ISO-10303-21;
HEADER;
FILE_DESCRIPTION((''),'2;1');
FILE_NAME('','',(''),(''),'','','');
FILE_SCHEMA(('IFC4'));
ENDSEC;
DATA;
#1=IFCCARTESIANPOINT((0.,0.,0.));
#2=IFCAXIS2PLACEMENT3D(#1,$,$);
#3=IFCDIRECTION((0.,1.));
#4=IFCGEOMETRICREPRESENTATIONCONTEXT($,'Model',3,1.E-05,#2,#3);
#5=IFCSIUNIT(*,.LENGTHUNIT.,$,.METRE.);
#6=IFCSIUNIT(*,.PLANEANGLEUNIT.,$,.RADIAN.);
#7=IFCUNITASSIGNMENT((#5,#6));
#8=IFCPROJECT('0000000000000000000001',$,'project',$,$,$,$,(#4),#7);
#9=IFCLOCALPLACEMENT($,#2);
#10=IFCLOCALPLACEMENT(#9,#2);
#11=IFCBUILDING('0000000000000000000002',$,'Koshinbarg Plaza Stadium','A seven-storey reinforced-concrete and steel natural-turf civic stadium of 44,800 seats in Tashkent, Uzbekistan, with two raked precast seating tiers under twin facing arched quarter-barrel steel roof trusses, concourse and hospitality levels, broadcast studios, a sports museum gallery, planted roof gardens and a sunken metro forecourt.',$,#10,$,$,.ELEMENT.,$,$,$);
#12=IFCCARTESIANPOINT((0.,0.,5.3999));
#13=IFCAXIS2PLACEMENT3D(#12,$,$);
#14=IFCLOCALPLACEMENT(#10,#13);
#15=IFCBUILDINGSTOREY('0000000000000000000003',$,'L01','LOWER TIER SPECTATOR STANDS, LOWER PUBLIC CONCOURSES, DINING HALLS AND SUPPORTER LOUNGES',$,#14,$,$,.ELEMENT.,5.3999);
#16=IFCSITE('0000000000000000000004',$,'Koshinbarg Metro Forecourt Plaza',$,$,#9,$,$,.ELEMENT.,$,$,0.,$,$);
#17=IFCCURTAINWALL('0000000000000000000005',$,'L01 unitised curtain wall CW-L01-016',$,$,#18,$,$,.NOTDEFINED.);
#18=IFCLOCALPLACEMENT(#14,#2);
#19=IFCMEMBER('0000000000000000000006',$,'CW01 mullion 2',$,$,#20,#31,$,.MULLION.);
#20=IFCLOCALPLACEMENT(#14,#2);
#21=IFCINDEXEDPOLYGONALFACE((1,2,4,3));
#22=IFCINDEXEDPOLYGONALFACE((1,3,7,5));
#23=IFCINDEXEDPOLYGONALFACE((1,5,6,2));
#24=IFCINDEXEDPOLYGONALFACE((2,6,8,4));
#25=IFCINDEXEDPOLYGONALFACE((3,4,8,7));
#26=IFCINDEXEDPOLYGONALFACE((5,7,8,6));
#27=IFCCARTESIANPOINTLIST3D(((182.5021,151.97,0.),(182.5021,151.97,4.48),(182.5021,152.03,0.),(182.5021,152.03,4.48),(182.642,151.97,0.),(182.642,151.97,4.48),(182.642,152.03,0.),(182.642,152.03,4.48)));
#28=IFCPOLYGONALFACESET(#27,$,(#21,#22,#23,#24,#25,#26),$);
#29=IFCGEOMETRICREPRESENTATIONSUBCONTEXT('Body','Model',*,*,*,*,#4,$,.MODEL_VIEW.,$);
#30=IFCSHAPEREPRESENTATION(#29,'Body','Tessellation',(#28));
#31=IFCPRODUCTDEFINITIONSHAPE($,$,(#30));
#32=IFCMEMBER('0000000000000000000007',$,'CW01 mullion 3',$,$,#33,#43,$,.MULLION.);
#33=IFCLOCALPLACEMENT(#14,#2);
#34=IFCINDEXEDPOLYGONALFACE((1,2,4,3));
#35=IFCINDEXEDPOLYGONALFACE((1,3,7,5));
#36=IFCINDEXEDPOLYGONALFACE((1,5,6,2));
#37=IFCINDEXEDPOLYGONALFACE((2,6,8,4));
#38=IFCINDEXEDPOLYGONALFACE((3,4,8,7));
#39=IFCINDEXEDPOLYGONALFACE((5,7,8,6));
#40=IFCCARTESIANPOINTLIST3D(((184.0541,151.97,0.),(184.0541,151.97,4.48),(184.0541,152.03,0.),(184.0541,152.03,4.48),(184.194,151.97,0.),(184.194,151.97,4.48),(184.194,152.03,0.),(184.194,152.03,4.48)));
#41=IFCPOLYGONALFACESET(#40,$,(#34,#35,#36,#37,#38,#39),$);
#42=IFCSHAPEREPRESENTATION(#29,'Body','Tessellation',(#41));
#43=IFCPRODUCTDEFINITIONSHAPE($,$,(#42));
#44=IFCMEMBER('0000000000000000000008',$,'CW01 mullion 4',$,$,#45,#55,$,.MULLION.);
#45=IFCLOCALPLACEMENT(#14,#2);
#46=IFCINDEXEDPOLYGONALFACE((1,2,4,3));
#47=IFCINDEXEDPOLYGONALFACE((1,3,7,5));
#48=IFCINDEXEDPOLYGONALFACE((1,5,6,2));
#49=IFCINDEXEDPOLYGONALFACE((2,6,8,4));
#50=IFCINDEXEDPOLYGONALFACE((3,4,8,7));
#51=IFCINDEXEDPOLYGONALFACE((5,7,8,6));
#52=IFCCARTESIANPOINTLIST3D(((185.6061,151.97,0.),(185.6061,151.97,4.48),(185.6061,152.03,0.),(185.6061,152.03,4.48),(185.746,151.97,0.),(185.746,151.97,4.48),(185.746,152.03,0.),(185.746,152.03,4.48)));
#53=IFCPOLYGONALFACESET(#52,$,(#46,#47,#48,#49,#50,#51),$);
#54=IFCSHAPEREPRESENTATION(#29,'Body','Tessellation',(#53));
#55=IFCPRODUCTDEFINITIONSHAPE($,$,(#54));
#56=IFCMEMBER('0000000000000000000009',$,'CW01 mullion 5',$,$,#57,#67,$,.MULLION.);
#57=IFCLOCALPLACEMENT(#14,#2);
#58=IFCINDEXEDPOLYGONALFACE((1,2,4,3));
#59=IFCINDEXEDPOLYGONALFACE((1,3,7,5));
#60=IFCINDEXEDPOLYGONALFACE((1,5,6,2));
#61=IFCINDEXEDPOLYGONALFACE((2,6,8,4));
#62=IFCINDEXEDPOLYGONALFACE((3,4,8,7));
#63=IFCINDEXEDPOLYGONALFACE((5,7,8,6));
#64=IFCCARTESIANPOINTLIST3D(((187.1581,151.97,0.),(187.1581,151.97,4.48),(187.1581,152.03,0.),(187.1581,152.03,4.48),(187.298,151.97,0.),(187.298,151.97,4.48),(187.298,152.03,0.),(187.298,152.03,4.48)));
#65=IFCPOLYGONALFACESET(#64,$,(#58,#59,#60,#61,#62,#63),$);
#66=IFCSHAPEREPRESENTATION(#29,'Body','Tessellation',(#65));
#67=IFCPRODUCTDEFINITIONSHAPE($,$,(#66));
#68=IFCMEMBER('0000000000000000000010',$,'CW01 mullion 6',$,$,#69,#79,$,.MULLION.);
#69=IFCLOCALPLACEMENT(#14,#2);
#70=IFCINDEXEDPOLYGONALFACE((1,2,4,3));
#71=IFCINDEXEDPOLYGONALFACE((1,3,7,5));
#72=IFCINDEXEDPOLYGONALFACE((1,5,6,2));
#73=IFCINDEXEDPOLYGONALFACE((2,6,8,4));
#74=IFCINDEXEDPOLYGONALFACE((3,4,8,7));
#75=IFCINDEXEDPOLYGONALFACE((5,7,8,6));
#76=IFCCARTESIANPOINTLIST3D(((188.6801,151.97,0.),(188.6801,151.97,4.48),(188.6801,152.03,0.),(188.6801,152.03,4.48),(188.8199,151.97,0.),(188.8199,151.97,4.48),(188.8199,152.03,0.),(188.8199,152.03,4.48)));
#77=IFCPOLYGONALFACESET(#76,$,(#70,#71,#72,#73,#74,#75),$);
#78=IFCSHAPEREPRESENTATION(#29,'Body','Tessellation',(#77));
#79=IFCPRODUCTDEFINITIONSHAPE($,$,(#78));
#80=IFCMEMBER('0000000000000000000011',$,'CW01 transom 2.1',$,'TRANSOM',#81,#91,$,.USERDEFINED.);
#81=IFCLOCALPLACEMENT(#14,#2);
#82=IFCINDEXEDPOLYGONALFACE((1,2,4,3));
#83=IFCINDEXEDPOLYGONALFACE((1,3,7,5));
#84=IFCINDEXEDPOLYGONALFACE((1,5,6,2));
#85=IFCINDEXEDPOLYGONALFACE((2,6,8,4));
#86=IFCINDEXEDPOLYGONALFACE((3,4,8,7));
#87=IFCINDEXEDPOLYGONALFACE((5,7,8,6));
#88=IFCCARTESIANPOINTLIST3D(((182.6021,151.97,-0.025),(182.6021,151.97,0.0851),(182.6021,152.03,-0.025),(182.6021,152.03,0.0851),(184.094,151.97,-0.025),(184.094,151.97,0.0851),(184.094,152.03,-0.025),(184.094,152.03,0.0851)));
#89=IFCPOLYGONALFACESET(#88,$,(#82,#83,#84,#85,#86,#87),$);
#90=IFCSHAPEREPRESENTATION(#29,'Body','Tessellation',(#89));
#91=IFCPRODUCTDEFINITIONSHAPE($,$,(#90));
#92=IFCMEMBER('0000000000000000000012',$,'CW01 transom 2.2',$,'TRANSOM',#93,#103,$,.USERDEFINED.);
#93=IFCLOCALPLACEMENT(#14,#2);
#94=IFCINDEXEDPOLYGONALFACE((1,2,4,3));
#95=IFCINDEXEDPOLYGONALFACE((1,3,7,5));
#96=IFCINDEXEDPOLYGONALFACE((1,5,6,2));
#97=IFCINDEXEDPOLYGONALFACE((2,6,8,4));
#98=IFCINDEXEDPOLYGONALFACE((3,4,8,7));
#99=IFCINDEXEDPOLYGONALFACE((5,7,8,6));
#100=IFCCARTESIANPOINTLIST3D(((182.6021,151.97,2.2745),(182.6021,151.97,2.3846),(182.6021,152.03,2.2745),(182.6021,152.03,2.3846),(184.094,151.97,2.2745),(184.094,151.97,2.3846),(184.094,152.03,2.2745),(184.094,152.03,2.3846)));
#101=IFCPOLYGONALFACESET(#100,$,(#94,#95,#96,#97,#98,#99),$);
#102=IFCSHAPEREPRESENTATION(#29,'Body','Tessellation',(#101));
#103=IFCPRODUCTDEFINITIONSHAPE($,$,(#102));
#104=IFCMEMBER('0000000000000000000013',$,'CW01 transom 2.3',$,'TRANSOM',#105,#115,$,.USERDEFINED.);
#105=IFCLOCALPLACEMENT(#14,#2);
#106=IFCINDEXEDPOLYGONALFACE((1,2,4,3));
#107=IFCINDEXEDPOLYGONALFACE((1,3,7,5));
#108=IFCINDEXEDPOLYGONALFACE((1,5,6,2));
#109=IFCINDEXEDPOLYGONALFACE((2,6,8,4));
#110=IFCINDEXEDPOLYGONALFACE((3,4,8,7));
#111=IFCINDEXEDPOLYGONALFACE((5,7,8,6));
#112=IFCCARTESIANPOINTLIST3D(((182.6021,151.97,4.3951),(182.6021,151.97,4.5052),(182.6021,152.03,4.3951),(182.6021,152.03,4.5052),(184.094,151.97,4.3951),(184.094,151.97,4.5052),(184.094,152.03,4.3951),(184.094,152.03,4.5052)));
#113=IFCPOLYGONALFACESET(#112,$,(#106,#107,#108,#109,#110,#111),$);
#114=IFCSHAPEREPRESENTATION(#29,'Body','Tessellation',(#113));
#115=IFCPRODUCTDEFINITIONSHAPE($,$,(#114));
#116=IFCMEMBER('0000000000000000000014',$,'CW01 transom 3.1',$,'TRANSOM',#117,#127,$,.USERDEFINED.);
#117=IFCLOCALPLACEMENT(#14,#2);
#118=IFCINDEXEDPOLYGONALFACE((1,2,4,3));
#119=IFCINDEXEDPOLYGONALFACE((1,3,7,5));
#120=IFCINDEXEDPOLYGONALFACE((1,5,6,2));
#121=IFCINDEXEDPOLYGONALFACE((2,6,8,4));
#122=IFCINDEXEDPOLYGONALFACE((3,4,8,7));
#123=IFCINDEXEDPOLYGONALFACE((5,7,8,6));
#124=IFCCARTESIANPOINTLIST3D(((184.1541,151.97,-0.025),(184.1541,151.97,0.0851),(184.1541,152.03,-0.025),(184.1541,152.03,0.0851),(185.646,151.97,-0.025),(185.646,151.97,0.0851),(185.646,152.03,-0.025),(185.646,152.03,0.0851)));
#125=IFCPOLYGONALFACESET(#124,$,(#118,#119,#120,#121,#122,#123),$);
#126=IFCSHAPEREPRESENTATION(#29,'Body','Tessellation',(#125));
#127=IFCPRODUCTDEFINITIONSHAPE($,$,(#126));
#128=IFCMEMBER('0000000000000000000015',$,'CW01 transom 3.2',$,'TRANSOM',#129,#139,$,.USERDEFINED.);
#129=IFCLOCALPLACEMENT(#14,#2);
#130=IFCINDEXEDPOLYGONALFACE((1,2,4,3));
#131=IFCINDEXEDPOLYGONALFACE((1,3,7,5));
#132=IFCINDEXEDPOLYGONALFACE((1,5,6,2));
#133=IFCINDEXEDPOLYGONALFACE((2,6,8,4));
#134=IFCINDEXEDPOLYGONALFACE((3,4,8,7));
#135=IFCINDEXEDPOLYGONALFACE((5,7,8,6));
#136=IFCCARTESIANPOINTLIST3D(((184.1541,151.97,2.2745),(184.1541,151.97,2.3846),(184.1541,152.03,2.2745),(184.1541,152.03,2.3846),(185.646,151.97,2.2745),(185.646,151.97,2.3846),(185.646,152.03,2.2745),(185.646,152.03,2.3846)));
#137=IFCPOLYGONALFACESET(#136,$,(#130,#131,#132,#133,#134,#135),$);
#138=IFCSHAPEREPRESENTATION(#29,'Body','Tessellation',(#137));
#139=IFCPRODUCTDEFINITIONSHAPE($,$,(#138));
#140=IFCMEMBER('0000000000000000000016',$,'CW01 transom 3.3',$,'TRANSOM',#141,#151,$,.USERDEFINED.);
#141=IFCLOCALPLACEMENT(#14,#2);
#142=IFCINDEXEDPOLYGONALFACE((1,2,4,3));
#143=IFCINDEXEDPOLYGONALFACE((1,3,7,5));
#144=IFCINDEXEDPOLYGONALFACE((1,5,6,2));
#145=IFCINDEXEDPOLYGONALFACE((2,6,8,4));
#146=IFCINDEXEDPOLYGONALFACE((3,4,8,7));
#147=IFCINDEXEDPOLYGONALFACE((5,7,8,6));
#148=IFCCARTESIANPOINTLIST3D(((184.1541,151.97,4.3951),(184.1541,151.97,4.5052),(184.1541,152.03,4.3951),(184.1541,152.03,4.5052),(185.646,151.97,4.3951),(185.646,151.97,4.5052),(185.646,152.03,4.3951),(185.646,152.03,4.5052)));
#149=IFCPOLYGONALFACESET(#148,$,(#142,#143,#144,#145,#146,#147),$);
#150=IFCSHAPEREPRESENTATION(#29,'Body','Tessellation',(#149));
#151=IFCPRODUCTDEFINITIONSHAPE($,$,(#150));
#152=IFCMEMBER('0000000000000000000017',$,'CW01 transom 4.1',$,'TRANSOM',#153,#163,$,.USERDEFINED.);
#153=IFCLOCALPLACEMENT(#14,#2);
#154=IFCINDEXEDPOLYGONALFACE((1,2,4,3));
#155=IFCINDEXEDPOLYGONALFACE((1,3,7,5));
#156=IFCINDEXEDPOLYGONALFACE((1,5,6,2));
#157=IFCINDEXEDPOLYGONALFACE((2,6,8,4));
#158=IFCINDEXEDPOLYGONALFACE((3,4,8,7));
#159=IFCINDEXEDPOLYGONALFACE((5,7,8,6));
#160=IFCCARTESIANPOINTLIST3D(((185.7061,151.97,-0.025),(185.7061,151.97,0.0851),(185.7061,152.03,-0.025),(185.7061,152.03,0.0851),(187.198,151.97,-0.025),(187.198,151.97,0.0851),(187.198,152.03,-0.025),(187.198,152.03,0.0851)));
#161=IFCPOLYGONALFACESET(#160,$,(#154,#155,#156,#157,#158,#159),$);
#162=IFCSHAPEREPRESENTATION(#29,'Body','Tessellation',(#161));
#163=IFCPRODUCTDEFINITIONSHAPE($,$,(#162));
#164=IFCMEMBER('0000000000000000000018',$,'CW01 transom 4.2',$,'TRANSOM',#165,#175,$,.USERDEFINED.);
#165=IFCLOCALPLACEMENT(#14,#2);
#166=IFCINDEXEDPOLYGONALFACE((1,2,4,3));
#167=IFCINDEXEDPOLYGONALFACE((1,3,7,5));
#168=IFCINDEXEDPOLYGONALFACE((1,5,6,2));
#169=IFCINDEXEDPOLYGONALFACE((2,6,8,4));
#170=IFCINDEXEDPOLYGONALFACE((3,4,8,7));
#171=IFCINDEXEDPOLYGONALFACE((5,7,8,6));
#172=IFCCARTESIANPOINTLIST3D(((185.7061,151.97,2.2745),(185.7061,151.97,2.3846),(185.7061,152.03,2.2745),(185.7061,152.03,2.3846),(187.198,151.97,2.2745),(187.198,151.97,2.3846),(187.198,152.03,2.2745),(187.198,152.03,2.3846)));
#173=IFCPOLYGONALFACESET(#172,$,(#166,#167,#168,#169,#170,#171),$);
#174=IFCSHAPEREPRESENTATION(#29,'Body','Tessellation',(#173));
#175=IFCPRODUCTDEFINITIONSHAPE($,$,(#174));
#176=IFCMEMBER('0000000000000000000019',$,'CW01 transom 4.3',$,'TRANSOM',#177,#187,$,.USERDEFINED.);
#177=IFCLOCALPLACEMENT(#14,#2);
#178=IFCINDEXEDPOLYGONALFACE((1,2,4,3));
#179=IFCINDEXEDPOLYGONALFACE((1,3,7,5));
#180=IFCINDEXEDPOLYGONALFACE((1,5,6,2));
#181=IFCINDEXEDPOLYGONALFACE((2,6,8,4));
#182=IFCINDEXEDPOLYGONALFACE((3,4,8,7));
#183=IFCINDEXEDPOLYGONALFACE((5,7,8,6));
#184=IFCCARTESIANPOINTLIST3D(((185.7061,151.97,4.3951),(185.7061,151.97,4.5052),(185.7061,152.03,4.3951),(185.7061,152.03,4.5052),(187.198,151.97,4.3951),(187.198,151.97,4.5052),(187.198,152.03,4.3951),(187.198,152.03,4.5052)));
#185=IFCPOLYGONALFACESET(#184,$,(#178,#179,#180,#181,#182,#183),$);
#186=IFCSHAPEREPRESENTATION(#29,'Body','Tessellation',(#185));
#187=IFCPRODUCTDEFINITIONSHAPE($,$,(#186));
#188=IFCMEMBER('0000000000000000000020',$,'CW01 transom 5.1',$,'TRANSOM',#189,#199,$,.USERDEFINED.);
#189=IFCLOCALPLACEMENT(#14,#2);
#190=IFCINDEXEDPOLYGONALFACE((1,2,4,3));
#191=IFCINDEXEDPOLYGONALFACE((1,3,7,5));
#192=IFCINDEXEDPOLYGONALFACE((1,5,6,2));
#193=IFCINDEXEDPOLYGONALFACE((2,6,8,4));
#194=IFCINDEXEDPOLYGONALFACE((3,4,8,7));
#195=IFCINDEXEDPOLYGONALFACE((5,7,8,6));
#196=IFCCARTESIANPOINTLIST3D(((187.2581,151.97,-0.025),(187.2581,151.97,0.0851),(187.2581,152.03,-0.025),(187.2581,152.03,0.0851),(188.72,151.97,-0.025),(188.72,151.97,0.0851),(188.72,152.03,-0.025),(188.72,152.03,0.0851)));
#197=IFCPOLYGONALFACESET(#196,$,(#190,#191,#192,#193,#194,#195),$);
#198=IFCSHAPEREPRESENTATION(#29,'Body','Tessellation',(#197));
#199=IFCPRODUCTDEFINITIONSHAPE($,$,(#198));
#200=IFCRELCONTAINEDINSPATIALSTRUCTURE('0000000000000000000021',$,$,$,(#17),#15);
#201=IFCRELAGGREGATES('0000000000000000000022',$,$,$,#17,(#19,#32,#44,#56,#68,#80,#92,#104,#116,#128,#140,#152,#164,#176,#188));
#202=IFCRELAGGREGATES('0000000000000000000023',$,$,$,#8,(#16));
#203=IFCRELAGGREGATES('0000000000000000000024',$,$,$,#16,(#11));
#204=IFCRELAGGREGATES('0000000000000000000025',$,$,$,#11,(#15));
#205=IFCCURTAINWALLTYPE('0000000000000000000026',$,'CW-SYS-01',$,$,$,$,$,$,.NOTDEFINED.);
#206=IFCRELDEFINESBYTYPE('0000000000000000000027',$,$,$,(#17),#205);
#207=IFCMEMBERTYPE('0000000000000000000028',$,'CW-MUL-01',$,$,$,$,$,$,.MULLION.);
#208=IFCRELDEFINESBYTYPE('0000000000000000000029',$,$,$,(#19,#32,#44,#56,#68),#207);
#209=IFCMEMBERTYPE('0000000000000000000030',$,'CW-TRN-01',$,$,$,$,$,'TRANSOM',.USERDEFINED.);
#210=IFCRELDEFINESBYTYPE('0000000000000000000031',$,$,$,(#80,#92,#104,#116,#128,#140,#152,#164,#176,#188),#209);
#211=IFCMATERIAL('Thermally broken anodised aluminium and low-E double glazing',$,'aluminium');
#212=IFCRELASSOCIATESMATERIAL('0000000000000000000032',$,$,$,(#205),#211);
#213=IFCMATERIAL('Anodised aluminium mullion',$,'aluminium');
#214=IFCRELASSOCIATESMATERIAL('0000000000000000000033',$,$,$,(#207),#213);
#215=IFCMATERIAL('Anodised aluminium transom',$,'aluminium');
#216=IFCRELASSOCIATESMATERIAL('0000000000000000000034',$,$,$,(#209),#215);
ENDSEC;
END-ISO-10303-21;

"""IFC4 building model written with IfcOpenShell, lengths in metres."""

from ifc_helpers import new_model, si_unit, direction, frame, origin, origin_2d, place, context, subcontext, project, spatial, rectangle, extrude, material, material_profile, profile_set, type_object, element, aggregate, save


model = new_model("IFC4")

# Units and contexts
model_context = context("Model", 3, precision=1e-05, world=origin(), true_north=direction((0.0, 1.0)))
body_context = subcontext(model_context, "Body", "Model", "MODEL_VIEW")
ifc_project = project(units=[si_unit("LENGTHUNIT", "METRE"), si_unit("PLANEANGLEUNIT", "RADIAN")], contexts=[model_context])

# Site, building, storey
site_placement = place(None, origin())
site = spatial("IfcSite", under=ifc_project, at=site_placement, Name="Koshinbarg Metro Forecourt Plaza", CompositionType="ELEMENT", RefElevation=0.0)
building_placement = place(site_placement, origin())
building = spatial("IfcBuilding", under=site, at=building_placement, Name="Koshinbarg Plaza Stadium", Description="A seven-storey reinforced-concrete and steel natural-turf civic stadium of 44,800 seats in Tashkent, Uzbekistan, with two raked precast seating tiers under twin facing arched quarter-barrel steel roof trusses, concourse and hospitality levels, broadcast studios, a sports museum gallery, planted roof gardens and a sunken metro forecourt.", CompositionType="ELEMENT")
storey_placement = place(building_placement, frame((0.0, 0.0, 5.3999)))
storey = spatial("IfcBuildingStorey", under=building, at=storey_placement, Name="L01", Description="LOWER TIER SPECTATOR STANDS, LOWER PUBLIC CONCOURSES, DINING HALLS AND SUPPORTER LOUNGES", CompositionType="ELEMENT", Elevation=5.3999)

# Curtain wall, members
ifc_material_1 = material(Name="Thermally broken anodised aluminium and low-E double glazing", Category="aluminium")
curtain_wall_type = type_object("IfcCurtainWallType", Name="CW-SYS-01", PredefinedType="NOTDEFINED", material=ifc_material_1)
curtain_wall_placement = place(storey_placement, origin())
curtain_wall = element("IfcCurtainWall", 1, at=curtain_wall_placement, inside=storey, type_object=curtain_wall_type, Name="L01 unitised curtain wall CW-L01-016", PredefinedType="NOTDEFINED")
ifc_material_2 = material(Name="Anodised aluminium mullion", Category="aluminium")
ifc_material_profile_1 = material_profile(ifc_material_2, rectangle(XDim=0.0601, YDim=0.1399, at=origin_2d()), Name="ALU 60x140")
ifc_profile_set_1 = profile_set([ifc_material_profile_1], Name="Anodised aluminium mullion")
member_type_1 = type_object("IfcMemberType", Name="CW-MUL-01", PredefinedType="MULLION", material=ifc_profile_set_1)
member_1_placement = place(storey_placement, frame((182.572, 152.0, 0.0), z_axis=(0.0, 0.0, 1.0), x_axis=(0.0, 1.0, 0.0)))
member_1 = element("IfcMember", 2, at=member_1_placement, type_object=member_type_1, Name="CW01 mullion 2", PredefinedType="MULLION", context=body_context, shape_type="SweptSolid", body=[
    extrude(rectangle(XDim=0.0601, YDim=0.1399, at=origin_2d()), origin(), (0.0, 0.0, 1.0), 4.48),
])
member_2_placement = place(storey_placement, frame((184.124, 152.0, 0.0), z_axis=(0.0, 0.0, 1.0), x_axis=(0.0, 1.0, 0.0)))
member_2 = element("IfcMember", 3, at=member_2_placement, type_object=member_type_1, Name="CW01 mullion 3", PredefinedType="MULLION", context=body_context, shape_type="SweptSolid", body=[
    extrude(rectangle(XDim=0.0601, YDim=0.1399, at=origin_2d()), origin(), (0.0, 0.0, 1.0), 4.48),
])
member_3_placement = place(storey_placement, frame((185.676, 152.0, 0.0), z_axis=(0.0, 0.0, 1.0), x_axis=(0.0, 1.0, 0.0)))
member_3 = element("IfcMember", 4, at=member_3_placement, type_object=member_type_1, Name="CW01 mullion 4", PredefinedType="MULLION", context=body_context, shape_type="SweptSolid", body=[
    extrude(rectangle(XDim=0.0601, YDim=0.1399, at=origin_2d()), origin(), (0.0, 0.0, 1.0), 4.48),
])
member_4_placement = place(storey_placement, frame((187.228, 152.0, 0.0), z_axis=(0.0, 0.0, 1.0), x_axis=(0.0, 1.0, 0.0)))
member_4 = element("IfcMember", 5, at=member_4_placement, type_object=member_type_1, Name="CW01 mullion 5", PredefinedType="MULLION", context=body_context, shape_type="SweptSolid", body=[
    extrude(rectangle(XDim=0.0601, YDim=0.1399, at=origin_2d()), origin(), (0.0, 0.0, 1.0), 4.48),
])
member_5_placement = place(storey_placement, frame((188.75, 152.0, 0.0), z_axis=(0.0, 0.0, 1.0), x_axis=(0.0, 1.0, 0.0)))
member_5 = element("IfcMember", 6, at=member_5_placement, type_object=member_type_1, Name="CW01 mullion 6", PredefinedType="MULLION", context=body_context, shape_type="SweptSolid", body=[
    extrude(rectangle(XDim=0.0601, YDim=0.1399, at=origin_2d()), origin(), (0.0, 0.0, 1.0), 4.48),
])
ifc_material_3 = material(Name="Anodised aluminium transom", Category="aluminium")
ifc_material_profile_2 = material_profile(ifc_material_3, rectangle(XDim=0.0601, YDim=0.1101, at=origin_2d()), Name="ALU 60x110")
ifc_profile_set_2 = profile_set([ifc_material_profile_2], Name="Anodised aluminium transom")
member_type_2 = type_object("IfcMemberType", Name="CW-TRN-01", ElementType="TRANSOM", PredefinedType="USERDEFINED", material=ifc_profile_set_2)
member_6_placement = place(storey_placement, frame((182.6021, 152.0, 0.03), z_axis=(1.0, 0.0, 0.0), x_axis=(0.0, 1.0, 0.0)))
member_6 = element("IfcMember", 7, at=member_6_placement, type_object=member_type_2, Name="CW01 transom 2.1", ObjectType="TRANSOM", PredefinedType="USERDEFINED", context=body_context, shape_type="SweptSolid", body=[
    extrude(rectangle(XDim=0.0601, YDim=0.1101, at=origin_2d()), origin(), (0.0, 0.0, 1.0), 1.4919),
])
member_7_placement = place(storey_placement, frame((182.6021, 152.0, 2.3296), z_axis=(1.0, 0.0, 0.0), x_axis=(0.0, 1.0, 0.0)))
member_7 = element("IfcMember", 8, at=member_7_placement, type_object=member_type_2, Name="CW01 transom 2.2", ObjectType="TRANSOM", PredefinedType="USERDEFINED", context=body_context, shape_type="SweptSolid", body=[
    extrude(rectangle(XDim=0.0601, YDim=0.1101, at=origin_2d()), origin(), (0.0, 0.0, 1.0), 1.4919),
])
member_8_placement = place(storey_placement, frame((182.6021, 152.0, 4.4502), z_axis=(1.0, 0.0, 0.0), x_axis=(0.0, 1.0, 0.0)))
member_8 = element("IfcMember", 9, at=member_8_placement, type_object=member_type_2, Name="CW01 transom 2.3", ObjectType="TRANSOM", PredefinedType="USERDEFINED", context=body_context, shape_type="SweptSolid", body=[
    extrude(rectangle(XDim=0.0601, YDim=0.1101, at=origin_2d()), origin(), (0.0, 0.0, 1.0), 1.4919),
])
member_9_placement = place(storey_placement, frame((184.1541, 152.0, 0.03), z_axis=(1.0, 0.0, 0.0), x_axis=(0.0, 1.0, 0.0)))
member_9 = element("IfcMember", 10, at=member_9_placement, type_object=member_type_2, Name="CW01 transom 3.1", ObjectType="TRANSOM", PredefinedType="USERDEFINED", context=body_context, shape_type="SweptSolid", body=[
    extrude(rectangle(XDim=0.0601, YDim=0.1101, at=origin_2d()), origin(), (0.0, 0.0, 1.0), 1.4919),
])
member_10_placement = place(storey_placement, frame((184.1541, 152.0, 2.3296), z_axis=(1.0, 0.0, 0.0), x_axis=(0.0, 1.0, 0.0)))
member_10 = element("IfcMember", 11, at=member_10_placement, type_object=member_type_2, Name="CW01 transom 3.2", ObjectType="TRANSOM", PredefinedType="USERDEFINED", context=body_context, shape_type="SweptSolid", body=[
    extrude(rectangle(XDim=0.0601, YDim=0.1101, at=origin_2d()), origin(), (0.0, 0.0, 1.0), 1.4919),
])
member_11_placement = place(storey_placement, frame((184.1541, 152.0, 4.4502), z_axis=(1.0, 0.0, 0.0), x_axis=(0.0, 1.0, 0.0)))
member_11 = element("IfcMember", 12, at=member_11_placement, type_object=member_type_2, Name="CW01 transom 3.3", ObjectType="TRANSOM", PredefinedType="USERDEFINED", context=body_context, shape_type="SweptSolid", body=[
    extrude(rectangle(XDim=0.0601, YDim=0.1101, at=origin_2d()), origin(), (0.0, 0.0, 1.0), 1.4919),
])
member_12_placement = place(storey_placement, frame((185.7061, 152.0, 0.03), z_axis=(1.0, 0.0, 0.0), x_axis=(0.0, 1.0, 0.0)))
member_12 = element("IfcMember", 13, at=member_12_placement, type_object=member_type_2, Name="CW01 transom 4.1", ObjectType="TRANSOM", PredefinedType="USERDEFINED", context=body_context, shape_type="SweptSolid", body=[
    extrude(rectangle(XDim=0.0601, YDim=0.1101, at=origin_2d()), origin(), (0.0, 0.0, 1.0), 1.4919),
])
member_13_placement = place(storey_placement, frame((185.7061, 152.0, 2.3296), z_axis=(1.0, 0.0, 0.0), x_axis=(0.0, 1.0, 0.0)))
member_13 = element("IfcMember", 14, at=member_13_placement, type_object=member_type_2, Name="CW01 transom 4.2", ObjectType="TRANSOM", PredefinedType="USERDEFINED", context=body_context, shape_type="SweptSolid", body=[
    extrude(rectangle(XDim=0.0601, YDim=0.1101, at=origin_2d()), origin(), (0.0, 0.0, 1.0), 1.4919),
])
member_14_placement = place(storey_placement, frame((185.7061, 152.0, 4.4502), z_axis=(1.0, 0.0, 0.0), x_axis=(0.0, 1.0, 0.0)))
member_14 = element("IfcMember", 15, at=member_14_placement, type_object=member_type_2, Name="CW01 transom 4.3", ObjectType="TRANSOM", PredefinedType="USERDEFINED", context=body_context, shape_type="SweptSolid", body=[
    extrude(rectangle(XDim=0.0601, YDim=0.1101, at=origin_2d()), origin(), (0.0, 0.0, 1.0), 1.4919),
])
member_15_placement = place(storey_placement, frame((187.2581, 152.0, 0.03), z_axis=(1.0, 0.0, 0.0), x_axis=(0.0, 1.0, 0.0)))
member_15 = element("IfcMember", 16, at=member_15_placement, type_object=member_type_2, Name="CW01 transom 5.1", ObjectType="TRANSOM", PredefinedType="USERDEFINED", context=body_context, shape_type="SweptSolid", body=[
    extrude(rectangle(XDim=0.0601, YDim=0.1101, at=origin_2d()), origin(), (0.0, 0.0, 1.0), 1.4619),
])
aggregate(curtain_wall, [member_1, member_2, member_3, member_4, member_5, member_6, member_7, member_8, member_9, member_10, member_11, member_12, member_13, member_14, member_15])

save(model, "model.ifc")
